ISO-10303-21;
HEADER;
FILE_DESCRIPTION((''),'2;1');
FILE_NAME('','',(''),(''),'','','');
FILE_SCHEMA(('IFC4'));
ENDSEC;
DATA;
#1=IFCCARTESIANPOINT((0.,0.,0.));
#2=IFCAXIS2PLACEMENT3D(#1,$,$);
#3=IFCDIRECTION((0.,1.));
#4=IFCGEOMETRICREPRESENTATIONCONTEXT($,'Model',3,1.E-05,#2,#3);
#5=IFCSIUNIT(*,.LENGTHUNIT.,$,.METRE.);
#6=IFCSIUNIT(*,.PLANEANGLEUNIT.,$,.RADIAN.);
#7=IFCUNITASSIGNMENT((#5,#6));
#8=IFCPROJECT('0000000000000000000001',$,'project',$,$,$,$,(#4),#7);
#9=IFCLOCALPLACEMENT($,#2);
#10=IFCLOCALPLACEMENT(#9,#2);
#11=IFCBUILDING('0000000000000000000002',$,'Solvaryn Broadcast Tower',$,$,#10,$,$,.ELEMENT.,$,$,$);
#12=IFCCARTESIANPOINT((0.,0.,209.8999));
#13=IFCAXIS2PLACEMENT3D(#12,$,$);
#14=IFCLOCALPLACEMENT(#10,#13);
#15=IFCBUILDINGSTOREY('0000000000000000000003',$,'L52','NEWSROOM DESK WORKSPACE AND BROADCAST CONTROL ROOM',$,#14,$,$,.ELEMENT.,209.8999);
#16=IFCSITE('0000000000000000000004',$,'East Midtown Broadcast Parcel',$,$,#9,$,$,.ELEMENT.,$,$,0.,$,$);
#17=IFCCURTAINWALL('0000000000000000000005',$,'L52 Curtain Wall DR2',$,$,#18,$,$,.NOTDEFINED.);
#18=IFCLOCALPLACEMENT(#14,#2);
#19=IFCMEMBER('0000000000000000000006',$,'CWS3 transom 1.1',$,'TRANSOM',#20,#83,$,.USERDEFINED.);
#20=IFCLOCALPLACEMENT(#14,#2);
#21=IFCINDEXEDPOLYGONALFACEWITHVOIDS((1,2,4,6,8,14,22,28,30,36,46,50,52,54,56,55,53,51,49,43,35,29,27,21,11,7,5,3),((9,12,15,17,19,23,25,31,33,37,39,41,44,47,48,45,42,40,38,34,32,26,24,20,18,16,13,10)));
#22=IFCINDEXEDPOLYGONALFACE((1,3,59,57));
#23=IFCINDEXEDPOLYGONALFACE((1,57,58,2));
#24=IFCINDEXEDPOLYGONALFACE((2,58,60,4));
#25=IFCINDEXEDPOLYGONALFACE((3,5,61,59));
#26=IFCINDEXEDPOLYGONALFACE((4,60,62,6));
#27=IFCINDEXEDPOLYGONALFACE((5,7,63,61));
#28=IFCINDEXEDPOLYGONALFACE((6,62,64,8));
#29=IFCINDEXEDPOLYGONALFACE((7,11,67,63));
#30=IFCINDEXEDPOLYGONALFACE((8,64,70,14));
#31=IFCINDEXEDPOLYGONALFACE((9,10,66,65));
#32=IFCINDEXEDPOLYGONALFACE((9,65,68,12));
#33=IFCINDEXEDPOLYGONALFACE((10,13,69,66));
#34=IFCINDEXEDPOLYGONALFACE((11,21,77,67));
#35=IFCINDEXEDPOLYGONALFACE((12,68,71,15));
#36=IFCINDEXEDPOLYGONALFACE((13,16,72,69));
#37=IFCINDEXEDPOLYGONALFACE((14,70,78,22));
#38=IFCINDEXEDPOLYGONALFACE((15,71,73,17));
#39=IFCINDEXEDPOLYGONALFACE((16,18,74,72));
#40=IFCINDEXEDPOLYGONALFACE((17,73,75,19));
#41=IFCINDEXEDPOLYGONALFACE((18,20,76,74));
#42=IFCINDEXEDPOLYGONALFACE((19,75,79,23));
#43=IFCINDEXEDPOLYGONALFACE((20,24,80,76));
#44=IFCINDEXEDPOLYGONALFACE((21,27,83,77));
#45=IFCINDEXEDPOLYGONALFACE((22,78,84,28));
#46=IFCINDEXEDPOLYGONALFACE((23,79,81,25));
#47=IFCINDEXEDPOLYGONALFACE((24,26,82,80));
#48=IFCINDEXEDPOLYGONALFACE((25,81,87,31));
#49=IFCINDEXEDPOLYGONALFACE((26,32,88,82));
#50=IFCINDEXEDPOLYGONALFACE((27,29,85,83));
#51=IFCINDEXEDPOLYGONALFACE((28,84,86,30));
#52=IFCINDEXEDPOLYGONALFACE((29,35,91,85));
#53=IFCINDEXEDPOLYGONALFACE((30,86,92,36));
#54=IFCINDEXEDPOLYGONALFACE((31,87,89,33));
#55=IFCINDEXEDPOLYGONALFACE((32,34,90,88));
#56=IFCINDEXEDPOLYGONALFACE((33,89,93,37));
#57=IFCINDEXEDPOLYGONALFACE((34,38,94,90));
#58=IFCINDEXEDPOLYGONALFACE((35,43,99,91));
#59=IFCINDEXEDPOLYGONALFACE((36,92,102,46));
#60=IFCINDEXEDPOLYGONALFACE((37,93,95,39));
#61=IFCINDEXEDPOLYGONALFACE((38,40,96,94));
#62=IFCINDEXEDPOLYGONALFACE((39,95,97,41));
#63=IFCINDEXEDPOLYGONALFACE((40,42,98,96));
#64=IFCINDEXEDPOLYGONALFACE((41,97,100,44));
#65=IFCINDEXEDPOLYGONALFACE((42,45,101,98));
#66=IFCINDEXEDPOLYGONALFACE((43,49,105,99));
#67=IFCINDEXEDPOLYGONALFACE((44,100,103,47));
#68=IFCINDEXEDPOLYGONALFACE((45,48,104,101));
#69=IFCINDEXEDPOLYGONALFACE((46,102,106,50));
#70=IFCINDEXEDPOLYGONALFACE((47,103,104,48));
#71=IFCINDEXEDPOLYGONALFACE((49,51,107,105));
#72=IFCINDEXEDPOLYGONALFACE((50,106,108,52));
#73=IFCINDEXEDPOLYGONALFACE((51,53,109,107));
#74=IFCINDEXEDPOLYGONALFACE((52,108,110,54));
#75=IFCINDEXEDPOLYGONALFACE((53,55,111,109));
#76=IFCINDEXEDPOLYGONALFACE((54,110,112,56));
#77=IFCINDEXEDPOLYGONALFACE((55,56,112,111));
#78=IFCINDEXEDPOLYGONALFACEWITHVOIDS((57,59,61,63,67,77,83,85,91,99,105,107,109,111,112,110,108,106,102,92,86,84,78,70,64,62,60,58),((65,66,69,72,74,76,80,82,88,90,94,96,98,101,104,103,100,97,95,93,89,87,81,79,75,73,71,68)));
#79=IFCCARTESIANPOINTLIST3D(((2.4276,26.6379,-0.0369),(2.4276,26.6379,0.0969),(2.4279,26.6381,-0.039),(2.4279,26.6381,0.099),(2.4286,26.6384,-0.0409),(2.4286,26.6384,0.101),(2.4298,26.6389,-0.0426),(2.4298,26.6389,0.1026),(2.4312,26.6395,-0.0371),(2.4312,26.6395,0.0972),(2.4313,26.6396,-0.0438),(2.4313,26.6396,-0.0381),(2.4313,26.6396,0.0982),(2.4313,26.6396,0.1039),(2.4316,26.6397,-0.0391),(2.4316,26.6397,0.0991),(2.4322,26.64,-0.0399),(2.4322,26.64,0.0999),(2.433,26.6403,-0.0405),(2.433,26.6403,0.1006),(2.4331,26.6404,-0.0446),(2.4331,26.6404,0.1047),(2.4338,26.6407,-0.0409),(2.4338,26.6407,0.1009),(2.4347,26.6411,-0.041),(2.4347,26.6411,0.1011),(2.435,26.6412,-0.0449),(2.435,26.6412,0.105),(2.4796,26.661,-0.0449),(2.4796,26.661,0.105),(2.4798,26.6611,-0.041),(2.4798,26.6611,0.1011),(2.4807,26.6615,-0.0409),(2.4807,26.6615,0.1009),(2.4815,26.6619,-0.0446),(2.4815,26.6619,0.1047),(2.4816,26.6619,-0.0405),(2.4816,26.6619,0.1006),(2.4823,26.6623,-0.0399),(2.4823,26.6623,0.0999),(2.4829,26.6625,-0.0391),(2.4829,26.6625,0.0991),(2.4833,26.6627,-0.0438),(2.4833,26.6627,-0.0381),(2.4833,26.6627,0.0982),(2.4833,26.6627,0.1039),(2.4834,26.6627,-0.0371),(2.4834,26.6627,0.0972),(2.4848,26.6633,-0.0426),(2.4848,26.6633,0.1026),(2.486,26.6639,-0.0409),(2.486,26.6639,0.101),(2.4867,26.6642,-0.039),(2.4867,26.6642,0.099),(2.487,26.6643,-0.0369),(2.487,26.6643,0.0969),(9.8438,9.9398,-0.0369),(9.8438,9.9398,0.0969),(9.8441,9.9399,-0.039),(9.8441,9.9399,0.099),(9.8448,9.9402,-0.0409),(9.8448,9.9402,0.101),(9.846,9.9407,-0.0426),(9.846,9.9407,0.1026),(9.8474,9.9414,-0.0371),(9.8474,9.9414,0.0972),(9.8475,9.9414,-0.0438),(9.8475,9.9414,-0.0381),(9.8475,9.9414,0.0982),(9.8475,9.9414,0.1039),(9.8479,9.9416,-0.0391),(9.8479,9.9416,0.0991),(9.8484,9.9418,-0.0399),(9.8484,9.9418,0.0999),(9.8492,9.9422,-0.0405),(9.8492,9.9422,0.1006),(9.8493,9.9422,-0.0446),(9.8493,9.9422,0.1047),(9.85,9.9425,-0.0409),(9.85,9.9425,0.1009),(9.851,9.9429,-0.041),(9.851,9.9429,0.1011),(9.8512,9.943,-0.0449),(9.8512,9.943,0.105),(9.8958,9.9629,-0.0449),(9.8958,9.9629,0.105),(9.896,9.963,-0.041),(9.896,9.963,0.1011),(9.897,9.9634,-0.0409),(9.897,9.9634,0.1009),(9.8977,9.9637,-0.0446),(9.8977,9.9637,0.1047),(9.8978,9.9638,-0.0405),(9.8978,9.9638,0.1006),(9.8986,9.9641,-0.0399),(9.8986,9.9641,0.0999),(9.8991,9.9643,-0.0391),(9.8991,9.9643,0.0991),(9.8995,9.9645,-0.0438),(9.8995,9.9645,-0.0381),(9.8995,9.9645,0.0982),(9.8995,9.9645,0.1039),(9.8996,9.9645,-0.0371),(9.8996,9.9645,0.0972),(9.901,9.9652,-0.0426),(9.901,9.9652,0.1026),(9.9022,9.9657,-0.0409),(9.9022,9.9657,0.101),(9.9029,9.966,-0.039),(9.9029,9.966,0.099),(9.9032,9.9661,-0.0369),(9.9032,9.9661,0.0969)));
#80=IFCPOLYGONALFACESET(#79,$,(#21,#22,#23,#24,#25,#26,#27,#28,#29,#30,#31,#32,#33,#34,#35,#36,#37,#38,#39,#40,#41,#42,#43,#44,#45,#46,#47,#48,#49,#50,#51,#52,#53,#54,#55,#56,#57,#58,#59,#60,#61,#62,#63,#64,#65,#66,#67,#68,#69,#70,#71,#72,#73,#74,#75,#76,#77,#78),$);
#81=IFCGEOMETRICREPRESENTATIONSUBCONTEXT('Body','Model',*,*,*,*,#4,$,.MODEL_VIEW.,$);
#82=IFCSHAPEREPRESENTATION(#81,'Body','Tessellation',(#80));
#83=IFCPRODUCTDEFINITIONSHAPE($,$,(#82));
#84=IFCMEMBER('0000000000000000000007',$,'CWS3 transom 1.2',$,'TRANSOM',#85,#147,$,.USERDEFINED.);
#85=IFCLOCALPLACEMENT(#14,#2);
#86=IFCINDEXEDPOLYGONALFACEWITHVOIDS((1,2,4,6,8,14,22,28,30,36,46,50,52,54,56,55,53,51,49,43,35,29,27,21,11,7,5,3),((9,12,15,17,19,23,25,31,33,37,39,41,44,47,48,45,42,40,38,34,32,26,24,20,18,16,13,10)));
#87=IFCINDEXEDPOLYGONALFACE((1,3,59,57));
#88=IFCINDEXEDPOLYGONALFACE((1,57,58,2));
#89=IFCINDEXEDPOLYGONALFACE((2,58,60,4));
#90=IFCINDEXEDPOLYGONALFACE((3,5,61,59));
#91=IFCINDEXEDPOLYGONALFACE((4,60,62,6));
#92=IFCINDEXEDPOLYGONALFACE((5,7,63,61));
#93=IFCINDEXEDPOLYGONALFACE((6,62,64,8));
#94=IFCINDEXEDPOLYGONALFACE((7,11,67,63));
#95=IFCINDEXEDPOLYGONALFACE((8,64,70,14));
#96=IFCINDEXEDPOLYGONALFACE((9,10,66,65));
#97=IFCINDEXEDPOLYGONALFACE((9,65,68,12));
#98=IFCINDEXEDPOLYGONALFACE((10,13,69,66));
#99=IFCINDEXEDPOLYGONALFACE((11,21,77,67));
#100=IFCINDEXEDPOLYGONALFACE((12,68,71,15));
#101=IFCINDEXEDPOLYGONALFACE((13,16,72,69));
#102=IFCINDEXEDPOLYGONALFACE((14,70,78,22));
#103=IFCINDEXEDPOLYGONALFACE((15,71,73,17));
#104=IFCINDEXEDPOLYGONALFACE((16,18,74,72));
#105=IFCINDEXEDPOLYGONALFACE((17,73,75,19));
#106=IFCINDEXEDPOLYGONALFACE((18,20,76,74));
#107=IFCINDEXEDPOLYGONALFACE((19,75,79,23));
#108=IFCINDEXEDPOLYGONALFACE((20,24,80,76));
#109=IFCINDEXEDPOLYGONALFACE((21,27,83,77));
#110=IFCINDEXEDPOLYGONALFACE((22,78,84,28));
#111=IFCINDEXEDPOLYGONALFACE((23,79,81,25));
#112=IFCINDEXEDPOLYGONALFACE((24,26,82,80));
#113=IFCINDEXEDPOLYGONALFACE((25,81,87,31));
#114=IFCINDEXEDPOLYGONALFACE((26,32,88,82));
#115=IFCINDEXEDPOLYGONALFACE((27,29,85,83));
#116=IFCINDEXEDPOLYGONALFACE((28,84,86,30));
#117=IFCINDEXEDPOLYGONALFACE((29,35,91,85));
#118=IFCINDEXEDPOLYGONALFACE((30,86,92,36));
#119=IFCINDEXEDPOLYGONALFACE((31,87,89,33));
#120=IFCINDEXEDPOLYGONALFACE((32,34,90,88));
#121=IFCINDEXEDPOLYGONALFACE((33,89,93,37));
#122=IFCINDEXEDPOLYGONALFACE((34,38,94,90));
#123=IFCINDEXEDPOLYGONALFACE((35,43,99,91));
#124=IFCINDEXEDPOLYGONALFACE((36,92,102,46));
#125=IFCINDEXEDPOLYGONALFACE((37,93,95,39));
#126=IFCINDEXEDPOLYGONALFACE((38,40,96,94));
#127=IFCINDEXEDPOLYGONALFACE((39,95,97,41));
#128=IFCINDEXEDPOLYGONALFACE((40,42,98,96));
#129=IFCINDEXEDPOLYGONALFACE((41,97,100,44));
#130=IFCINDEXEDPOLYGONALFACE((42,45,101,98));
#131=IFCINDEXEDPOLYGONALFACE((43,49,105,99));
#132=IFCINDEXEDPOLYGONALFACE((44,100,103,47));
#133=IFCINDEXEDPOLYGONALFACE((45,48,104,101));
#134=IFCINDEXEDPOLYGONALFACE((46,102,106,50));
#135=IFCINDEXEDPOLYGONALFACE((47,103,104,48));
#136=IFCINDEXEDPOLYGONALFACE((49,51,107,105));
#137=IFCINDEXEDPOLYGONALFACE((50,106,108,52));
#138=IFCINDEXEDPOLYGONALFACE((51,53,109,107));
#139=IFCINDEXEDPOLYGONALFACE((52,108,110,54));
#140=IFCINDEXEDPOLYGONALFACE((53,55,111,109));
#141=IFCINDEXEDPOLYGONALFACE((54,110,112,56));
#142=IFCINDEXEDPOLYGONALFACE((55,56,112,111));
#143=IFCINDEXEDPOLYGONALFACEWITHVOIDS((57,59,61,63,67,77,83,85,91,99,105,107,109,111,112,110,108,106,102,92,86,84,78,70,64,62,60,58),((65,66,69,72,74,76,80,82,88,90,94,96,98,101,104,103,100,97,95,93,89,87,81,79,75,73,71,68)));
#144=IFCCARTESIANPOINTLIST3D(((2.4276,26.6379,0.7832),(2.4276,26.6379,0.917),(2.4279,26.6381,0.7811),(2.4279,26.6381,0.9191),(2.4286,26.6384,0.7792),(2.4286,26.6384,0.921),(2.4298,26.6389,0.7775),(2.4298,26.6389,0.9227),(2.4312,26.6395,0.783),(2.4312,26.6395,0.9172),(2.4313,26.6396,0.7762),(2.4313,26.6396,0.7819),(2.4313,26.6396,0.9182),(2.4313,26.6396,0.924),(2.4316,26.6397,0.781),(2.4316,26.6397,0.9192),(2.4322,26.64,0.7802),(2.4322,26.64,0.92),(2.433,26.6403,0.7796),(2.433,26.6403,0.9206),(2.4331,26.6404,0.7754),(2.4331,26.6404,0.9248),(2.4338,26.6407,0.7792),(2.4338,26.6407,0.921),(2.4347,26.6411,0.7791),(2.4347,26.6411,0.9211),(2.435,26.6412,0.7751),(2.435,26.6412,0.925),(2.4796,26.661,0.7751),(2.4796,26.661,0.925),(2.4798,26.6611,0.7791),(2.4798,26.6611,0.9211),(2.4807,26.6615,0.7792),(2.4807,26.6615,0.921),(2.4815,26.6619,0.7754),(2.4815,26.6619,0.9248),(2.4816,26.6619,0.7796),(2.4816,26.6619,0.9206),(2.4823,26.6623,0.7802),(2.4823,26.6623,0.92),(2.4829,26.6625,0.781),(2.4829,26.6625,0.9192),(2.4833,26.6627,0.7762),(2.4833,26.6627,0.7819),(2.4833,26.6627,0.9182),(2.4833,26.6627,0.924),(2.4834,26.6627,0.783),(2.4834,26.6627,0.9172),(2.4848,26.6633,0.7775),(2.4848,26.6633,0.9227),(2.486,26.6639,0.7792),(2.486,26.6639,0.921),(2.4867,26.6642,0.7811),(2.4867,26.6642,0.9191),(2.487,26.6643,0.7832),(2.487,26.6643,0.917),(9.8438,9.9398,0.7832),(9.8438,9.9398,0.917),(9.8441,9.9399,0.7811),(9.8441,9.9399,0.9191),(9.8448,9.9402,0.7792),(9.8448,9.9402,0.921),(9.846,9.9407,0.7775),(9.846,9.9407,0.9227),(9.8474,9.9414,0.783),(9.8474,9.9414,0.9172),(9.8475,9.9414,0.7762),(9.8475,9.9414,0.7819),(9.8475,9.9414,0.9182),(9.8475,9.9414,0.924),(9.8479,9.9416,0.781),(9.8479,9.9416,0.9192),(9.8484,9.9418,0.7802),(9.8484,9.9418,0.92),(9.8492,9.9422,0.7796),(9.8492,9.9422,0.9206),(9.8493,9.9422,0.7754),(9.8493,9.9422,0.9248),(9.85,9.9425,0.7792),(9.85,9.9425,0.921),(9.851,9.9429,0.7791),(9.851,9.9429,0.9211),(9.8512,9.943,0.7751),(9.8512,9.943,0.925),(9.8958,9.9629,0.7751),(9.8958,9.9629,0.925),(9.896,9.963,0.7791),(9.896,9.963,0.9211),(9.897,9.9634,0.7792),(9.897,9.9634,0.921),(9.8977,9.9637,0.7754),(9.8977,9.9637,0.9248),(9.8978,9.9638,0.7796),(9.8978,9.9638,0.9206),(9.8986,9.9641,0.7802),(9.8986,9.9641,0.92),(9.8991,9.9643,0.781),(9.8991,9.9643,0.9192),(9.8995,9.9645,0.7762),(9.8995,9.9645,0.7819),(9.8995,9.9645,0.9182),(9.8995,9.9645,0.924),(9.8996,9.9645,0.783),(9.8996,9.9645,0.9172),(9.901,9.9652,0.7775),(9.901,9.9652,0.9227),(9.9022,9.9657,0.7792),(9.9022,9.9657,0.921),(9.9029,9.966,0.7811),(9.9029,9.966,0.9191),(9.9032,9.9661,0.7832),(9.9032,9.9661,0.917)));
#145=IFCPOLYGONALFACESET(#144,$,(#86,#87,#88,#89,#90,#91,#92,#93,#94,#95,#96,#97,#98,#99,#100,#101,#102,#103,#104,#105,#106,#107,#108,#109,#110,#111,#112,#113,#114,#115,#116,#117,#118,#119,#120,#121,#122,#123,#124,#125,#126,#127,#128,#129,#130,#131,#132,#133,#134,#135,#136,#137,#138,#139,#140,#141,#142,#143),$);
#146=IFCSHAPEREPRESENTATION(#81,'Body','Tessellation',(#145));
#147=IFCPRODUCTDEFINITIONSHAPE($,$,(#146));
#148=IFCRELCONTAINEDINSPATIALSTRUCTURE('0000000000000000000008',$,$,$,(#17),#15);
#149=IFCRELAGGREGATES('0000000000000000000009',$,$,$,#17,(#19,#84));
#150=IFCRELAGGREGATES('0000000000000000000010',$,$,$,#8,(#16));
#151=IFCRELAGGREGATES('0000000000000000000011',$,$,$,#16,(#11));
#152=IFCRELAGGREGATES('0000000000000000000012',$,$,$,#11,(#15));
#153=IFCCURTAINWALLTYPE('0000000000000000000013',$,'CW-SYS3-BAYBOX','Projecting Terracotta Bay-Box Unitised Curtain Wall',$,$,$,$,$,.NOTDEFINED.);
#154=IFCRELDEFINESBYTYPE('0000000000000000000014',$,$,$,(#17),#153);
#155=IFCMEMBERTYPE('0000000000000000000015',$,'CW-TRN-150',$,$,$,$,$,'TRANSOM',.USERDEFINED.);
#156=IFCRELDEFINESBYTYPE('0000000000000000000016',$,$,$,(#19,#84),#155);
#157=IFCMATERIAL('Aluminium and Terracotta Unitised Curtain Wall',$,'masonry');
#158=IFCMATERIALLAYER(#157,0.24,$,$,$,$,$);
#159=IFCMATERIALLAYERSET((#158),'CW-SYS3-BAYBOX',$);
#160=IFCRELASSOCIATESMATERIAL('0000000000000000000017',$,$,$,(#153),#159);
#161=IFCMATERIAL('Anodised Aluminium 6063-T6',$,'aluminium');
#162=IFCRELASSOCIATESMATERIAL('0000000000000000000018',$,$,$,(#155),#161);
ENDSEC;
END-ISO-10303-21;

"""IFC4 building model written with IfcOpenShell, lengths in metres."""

from ifc_helpers import new_model, si_unit, direction, frame, origin, origin_2d, place, context, subcontext, project, spatial, hollow_rectangle, extrude, material, layer, layer_set, material_profile, profile_set, type_object, element, aggregate, save


model = new_model("IFC4")

# Units and contexts
model_context = context("Model", 3, precision=1e-05, world=origin(), true_north=direction((0.0, 1.0)))
body_context = subcontext(model_context, "Body", "Model", "MODEL_VIEW")
ifc_project = project(units=[si_unit("LENGTHUNIT", "METRE"), si_unit("PLANEANGLEUNIT", "RADIAN")], contexts=[model_context])

# Site, building, storey
site_placement = place(None, origin())
site = spatial("IfcSite", under=ifc_project, at=site_placement, Name="East Midtown Broadcast Parcel", CompositionType="ELEMENT", RefElevation=0.0)
building_placement = place(site_placement, origin())
building = spatial("IfcBuilding", under=site, at=building_placement, Name="Solvaryn Broadcast Tower", CompositionType="ELEMENT")
storey_placement = place(building_placement, frame((0.0, 0.0, 209.8999)))
storey = spatial("IfcBuildingStorey", under=building, at=storey_placement, Name="L52", Description="NEWSROOM DESK WORKSPACE AND BROADCAST CONTROL ROOM", CompositionType="ELEMENT", Elevation=209.8999)

# Curtain wall, members
ifc_material_1 = material(Name="Aluminium and Terracotta Unitised Curtain Wall", Category="masonry")
ifc_layer_1 = layer(ifc_material_1, 0.24)
ifc_layer_set_1 = layer_set([ifc_layer_1], Name="CW-SYS3-BAYBOX")
curtain_wall_type_1 = type_object("IfcCurtainWallType", Name="CW-SYS3-BAYBOX", Description="Projecting Terracotta Bay-Box Unitised Curtain Wall", PredefinedType="NOTDEFINED", material=ifc_layer_set_1)
curtain_wall_1_placement = place(storey_placement, origin())
curtain_wall_1 = element("IfcCurtainWall", 1, at=curtain_wall_1_placement, inside=storey, type_object=curtain_wall_type_1, Name="L52 Curtain Wall DR2", PredefinedType="NOTDEFINED")
ifc_material_2 = material(Name="Anodised Aluminium 6063-T6", Category="aluminium")
ifc_material_profile_1 = material_profile(ifc_material_2, hollow_rectangle(XDim=0.0649, YDim=0.1499, WallThickness=0.0039, InnerFilletRadius=0.0039, OuterFilletRadius=0.0081, at=origin_2d()))
ifc_profile_set_1 = profile_set([ifc_material_profile_1], Name="Anodised Aluminium 6063-T6")
member_type_1 = type_object("IfcMemberType", Name="CW-TRN-150", ElementType="TRANSOM", PredefinedType="USERDEFINED", material=ifc_profile_set_1)
member_1_placement = place(storey_placement, frame((2.4573, 26.6511, 0.03), z_axis=(0.405902, -0.913917, 0.0), x_axis=(0.913917, 0.405902, 0.0)))
member_1 = element("IfcMember", 2, at=member_1_placement, type_object=member_type_1, Name="CWS3 transom 1.1", ObjectType="TRANSOM", PredefinedType="USERDEFINED", context=body_context, shape_type="SweptSolid", body=[
    extrude(hollow_rectangle(XDim=0.0649, YDim=0.1499, WallThickness=0.0039, InnerFilletRadius=0.0039, OuterFilletRadius=0.0081, at=origin_2d()), origin(), (0.0, 0.0, 1.0), 18.271),
])
member_2_placement = place(storey_placement, frame((2.4573, 26.6511, 0.8501), z_axis=(0.405902, -0.913917, 0.0), x_axis=(0.913917, 0.405902, 0.0)))
member_2 = element("IfcMember", 3, at=member_2_placement, type_object=member_type_1, Name="CWS3 transom 1.2", ObjectType="TRANSOM", PredefinedType="USERDEFINED", context=body_context, shape_type="SweptSolid", body=[
    extrude(hollow_rectangle(XDim=0.0649, YDim=0.1499, WallThickness=0.0039, InnerFilletRadius=0.0039, OuterFilletRadius=0.0081, at=origin_2d()), origin(), (0.0, 0.0, 1.0), 18.271),
])
aggregate(curtain_wall_1, [member_1, member_2])

save(model, "model.ifc")
